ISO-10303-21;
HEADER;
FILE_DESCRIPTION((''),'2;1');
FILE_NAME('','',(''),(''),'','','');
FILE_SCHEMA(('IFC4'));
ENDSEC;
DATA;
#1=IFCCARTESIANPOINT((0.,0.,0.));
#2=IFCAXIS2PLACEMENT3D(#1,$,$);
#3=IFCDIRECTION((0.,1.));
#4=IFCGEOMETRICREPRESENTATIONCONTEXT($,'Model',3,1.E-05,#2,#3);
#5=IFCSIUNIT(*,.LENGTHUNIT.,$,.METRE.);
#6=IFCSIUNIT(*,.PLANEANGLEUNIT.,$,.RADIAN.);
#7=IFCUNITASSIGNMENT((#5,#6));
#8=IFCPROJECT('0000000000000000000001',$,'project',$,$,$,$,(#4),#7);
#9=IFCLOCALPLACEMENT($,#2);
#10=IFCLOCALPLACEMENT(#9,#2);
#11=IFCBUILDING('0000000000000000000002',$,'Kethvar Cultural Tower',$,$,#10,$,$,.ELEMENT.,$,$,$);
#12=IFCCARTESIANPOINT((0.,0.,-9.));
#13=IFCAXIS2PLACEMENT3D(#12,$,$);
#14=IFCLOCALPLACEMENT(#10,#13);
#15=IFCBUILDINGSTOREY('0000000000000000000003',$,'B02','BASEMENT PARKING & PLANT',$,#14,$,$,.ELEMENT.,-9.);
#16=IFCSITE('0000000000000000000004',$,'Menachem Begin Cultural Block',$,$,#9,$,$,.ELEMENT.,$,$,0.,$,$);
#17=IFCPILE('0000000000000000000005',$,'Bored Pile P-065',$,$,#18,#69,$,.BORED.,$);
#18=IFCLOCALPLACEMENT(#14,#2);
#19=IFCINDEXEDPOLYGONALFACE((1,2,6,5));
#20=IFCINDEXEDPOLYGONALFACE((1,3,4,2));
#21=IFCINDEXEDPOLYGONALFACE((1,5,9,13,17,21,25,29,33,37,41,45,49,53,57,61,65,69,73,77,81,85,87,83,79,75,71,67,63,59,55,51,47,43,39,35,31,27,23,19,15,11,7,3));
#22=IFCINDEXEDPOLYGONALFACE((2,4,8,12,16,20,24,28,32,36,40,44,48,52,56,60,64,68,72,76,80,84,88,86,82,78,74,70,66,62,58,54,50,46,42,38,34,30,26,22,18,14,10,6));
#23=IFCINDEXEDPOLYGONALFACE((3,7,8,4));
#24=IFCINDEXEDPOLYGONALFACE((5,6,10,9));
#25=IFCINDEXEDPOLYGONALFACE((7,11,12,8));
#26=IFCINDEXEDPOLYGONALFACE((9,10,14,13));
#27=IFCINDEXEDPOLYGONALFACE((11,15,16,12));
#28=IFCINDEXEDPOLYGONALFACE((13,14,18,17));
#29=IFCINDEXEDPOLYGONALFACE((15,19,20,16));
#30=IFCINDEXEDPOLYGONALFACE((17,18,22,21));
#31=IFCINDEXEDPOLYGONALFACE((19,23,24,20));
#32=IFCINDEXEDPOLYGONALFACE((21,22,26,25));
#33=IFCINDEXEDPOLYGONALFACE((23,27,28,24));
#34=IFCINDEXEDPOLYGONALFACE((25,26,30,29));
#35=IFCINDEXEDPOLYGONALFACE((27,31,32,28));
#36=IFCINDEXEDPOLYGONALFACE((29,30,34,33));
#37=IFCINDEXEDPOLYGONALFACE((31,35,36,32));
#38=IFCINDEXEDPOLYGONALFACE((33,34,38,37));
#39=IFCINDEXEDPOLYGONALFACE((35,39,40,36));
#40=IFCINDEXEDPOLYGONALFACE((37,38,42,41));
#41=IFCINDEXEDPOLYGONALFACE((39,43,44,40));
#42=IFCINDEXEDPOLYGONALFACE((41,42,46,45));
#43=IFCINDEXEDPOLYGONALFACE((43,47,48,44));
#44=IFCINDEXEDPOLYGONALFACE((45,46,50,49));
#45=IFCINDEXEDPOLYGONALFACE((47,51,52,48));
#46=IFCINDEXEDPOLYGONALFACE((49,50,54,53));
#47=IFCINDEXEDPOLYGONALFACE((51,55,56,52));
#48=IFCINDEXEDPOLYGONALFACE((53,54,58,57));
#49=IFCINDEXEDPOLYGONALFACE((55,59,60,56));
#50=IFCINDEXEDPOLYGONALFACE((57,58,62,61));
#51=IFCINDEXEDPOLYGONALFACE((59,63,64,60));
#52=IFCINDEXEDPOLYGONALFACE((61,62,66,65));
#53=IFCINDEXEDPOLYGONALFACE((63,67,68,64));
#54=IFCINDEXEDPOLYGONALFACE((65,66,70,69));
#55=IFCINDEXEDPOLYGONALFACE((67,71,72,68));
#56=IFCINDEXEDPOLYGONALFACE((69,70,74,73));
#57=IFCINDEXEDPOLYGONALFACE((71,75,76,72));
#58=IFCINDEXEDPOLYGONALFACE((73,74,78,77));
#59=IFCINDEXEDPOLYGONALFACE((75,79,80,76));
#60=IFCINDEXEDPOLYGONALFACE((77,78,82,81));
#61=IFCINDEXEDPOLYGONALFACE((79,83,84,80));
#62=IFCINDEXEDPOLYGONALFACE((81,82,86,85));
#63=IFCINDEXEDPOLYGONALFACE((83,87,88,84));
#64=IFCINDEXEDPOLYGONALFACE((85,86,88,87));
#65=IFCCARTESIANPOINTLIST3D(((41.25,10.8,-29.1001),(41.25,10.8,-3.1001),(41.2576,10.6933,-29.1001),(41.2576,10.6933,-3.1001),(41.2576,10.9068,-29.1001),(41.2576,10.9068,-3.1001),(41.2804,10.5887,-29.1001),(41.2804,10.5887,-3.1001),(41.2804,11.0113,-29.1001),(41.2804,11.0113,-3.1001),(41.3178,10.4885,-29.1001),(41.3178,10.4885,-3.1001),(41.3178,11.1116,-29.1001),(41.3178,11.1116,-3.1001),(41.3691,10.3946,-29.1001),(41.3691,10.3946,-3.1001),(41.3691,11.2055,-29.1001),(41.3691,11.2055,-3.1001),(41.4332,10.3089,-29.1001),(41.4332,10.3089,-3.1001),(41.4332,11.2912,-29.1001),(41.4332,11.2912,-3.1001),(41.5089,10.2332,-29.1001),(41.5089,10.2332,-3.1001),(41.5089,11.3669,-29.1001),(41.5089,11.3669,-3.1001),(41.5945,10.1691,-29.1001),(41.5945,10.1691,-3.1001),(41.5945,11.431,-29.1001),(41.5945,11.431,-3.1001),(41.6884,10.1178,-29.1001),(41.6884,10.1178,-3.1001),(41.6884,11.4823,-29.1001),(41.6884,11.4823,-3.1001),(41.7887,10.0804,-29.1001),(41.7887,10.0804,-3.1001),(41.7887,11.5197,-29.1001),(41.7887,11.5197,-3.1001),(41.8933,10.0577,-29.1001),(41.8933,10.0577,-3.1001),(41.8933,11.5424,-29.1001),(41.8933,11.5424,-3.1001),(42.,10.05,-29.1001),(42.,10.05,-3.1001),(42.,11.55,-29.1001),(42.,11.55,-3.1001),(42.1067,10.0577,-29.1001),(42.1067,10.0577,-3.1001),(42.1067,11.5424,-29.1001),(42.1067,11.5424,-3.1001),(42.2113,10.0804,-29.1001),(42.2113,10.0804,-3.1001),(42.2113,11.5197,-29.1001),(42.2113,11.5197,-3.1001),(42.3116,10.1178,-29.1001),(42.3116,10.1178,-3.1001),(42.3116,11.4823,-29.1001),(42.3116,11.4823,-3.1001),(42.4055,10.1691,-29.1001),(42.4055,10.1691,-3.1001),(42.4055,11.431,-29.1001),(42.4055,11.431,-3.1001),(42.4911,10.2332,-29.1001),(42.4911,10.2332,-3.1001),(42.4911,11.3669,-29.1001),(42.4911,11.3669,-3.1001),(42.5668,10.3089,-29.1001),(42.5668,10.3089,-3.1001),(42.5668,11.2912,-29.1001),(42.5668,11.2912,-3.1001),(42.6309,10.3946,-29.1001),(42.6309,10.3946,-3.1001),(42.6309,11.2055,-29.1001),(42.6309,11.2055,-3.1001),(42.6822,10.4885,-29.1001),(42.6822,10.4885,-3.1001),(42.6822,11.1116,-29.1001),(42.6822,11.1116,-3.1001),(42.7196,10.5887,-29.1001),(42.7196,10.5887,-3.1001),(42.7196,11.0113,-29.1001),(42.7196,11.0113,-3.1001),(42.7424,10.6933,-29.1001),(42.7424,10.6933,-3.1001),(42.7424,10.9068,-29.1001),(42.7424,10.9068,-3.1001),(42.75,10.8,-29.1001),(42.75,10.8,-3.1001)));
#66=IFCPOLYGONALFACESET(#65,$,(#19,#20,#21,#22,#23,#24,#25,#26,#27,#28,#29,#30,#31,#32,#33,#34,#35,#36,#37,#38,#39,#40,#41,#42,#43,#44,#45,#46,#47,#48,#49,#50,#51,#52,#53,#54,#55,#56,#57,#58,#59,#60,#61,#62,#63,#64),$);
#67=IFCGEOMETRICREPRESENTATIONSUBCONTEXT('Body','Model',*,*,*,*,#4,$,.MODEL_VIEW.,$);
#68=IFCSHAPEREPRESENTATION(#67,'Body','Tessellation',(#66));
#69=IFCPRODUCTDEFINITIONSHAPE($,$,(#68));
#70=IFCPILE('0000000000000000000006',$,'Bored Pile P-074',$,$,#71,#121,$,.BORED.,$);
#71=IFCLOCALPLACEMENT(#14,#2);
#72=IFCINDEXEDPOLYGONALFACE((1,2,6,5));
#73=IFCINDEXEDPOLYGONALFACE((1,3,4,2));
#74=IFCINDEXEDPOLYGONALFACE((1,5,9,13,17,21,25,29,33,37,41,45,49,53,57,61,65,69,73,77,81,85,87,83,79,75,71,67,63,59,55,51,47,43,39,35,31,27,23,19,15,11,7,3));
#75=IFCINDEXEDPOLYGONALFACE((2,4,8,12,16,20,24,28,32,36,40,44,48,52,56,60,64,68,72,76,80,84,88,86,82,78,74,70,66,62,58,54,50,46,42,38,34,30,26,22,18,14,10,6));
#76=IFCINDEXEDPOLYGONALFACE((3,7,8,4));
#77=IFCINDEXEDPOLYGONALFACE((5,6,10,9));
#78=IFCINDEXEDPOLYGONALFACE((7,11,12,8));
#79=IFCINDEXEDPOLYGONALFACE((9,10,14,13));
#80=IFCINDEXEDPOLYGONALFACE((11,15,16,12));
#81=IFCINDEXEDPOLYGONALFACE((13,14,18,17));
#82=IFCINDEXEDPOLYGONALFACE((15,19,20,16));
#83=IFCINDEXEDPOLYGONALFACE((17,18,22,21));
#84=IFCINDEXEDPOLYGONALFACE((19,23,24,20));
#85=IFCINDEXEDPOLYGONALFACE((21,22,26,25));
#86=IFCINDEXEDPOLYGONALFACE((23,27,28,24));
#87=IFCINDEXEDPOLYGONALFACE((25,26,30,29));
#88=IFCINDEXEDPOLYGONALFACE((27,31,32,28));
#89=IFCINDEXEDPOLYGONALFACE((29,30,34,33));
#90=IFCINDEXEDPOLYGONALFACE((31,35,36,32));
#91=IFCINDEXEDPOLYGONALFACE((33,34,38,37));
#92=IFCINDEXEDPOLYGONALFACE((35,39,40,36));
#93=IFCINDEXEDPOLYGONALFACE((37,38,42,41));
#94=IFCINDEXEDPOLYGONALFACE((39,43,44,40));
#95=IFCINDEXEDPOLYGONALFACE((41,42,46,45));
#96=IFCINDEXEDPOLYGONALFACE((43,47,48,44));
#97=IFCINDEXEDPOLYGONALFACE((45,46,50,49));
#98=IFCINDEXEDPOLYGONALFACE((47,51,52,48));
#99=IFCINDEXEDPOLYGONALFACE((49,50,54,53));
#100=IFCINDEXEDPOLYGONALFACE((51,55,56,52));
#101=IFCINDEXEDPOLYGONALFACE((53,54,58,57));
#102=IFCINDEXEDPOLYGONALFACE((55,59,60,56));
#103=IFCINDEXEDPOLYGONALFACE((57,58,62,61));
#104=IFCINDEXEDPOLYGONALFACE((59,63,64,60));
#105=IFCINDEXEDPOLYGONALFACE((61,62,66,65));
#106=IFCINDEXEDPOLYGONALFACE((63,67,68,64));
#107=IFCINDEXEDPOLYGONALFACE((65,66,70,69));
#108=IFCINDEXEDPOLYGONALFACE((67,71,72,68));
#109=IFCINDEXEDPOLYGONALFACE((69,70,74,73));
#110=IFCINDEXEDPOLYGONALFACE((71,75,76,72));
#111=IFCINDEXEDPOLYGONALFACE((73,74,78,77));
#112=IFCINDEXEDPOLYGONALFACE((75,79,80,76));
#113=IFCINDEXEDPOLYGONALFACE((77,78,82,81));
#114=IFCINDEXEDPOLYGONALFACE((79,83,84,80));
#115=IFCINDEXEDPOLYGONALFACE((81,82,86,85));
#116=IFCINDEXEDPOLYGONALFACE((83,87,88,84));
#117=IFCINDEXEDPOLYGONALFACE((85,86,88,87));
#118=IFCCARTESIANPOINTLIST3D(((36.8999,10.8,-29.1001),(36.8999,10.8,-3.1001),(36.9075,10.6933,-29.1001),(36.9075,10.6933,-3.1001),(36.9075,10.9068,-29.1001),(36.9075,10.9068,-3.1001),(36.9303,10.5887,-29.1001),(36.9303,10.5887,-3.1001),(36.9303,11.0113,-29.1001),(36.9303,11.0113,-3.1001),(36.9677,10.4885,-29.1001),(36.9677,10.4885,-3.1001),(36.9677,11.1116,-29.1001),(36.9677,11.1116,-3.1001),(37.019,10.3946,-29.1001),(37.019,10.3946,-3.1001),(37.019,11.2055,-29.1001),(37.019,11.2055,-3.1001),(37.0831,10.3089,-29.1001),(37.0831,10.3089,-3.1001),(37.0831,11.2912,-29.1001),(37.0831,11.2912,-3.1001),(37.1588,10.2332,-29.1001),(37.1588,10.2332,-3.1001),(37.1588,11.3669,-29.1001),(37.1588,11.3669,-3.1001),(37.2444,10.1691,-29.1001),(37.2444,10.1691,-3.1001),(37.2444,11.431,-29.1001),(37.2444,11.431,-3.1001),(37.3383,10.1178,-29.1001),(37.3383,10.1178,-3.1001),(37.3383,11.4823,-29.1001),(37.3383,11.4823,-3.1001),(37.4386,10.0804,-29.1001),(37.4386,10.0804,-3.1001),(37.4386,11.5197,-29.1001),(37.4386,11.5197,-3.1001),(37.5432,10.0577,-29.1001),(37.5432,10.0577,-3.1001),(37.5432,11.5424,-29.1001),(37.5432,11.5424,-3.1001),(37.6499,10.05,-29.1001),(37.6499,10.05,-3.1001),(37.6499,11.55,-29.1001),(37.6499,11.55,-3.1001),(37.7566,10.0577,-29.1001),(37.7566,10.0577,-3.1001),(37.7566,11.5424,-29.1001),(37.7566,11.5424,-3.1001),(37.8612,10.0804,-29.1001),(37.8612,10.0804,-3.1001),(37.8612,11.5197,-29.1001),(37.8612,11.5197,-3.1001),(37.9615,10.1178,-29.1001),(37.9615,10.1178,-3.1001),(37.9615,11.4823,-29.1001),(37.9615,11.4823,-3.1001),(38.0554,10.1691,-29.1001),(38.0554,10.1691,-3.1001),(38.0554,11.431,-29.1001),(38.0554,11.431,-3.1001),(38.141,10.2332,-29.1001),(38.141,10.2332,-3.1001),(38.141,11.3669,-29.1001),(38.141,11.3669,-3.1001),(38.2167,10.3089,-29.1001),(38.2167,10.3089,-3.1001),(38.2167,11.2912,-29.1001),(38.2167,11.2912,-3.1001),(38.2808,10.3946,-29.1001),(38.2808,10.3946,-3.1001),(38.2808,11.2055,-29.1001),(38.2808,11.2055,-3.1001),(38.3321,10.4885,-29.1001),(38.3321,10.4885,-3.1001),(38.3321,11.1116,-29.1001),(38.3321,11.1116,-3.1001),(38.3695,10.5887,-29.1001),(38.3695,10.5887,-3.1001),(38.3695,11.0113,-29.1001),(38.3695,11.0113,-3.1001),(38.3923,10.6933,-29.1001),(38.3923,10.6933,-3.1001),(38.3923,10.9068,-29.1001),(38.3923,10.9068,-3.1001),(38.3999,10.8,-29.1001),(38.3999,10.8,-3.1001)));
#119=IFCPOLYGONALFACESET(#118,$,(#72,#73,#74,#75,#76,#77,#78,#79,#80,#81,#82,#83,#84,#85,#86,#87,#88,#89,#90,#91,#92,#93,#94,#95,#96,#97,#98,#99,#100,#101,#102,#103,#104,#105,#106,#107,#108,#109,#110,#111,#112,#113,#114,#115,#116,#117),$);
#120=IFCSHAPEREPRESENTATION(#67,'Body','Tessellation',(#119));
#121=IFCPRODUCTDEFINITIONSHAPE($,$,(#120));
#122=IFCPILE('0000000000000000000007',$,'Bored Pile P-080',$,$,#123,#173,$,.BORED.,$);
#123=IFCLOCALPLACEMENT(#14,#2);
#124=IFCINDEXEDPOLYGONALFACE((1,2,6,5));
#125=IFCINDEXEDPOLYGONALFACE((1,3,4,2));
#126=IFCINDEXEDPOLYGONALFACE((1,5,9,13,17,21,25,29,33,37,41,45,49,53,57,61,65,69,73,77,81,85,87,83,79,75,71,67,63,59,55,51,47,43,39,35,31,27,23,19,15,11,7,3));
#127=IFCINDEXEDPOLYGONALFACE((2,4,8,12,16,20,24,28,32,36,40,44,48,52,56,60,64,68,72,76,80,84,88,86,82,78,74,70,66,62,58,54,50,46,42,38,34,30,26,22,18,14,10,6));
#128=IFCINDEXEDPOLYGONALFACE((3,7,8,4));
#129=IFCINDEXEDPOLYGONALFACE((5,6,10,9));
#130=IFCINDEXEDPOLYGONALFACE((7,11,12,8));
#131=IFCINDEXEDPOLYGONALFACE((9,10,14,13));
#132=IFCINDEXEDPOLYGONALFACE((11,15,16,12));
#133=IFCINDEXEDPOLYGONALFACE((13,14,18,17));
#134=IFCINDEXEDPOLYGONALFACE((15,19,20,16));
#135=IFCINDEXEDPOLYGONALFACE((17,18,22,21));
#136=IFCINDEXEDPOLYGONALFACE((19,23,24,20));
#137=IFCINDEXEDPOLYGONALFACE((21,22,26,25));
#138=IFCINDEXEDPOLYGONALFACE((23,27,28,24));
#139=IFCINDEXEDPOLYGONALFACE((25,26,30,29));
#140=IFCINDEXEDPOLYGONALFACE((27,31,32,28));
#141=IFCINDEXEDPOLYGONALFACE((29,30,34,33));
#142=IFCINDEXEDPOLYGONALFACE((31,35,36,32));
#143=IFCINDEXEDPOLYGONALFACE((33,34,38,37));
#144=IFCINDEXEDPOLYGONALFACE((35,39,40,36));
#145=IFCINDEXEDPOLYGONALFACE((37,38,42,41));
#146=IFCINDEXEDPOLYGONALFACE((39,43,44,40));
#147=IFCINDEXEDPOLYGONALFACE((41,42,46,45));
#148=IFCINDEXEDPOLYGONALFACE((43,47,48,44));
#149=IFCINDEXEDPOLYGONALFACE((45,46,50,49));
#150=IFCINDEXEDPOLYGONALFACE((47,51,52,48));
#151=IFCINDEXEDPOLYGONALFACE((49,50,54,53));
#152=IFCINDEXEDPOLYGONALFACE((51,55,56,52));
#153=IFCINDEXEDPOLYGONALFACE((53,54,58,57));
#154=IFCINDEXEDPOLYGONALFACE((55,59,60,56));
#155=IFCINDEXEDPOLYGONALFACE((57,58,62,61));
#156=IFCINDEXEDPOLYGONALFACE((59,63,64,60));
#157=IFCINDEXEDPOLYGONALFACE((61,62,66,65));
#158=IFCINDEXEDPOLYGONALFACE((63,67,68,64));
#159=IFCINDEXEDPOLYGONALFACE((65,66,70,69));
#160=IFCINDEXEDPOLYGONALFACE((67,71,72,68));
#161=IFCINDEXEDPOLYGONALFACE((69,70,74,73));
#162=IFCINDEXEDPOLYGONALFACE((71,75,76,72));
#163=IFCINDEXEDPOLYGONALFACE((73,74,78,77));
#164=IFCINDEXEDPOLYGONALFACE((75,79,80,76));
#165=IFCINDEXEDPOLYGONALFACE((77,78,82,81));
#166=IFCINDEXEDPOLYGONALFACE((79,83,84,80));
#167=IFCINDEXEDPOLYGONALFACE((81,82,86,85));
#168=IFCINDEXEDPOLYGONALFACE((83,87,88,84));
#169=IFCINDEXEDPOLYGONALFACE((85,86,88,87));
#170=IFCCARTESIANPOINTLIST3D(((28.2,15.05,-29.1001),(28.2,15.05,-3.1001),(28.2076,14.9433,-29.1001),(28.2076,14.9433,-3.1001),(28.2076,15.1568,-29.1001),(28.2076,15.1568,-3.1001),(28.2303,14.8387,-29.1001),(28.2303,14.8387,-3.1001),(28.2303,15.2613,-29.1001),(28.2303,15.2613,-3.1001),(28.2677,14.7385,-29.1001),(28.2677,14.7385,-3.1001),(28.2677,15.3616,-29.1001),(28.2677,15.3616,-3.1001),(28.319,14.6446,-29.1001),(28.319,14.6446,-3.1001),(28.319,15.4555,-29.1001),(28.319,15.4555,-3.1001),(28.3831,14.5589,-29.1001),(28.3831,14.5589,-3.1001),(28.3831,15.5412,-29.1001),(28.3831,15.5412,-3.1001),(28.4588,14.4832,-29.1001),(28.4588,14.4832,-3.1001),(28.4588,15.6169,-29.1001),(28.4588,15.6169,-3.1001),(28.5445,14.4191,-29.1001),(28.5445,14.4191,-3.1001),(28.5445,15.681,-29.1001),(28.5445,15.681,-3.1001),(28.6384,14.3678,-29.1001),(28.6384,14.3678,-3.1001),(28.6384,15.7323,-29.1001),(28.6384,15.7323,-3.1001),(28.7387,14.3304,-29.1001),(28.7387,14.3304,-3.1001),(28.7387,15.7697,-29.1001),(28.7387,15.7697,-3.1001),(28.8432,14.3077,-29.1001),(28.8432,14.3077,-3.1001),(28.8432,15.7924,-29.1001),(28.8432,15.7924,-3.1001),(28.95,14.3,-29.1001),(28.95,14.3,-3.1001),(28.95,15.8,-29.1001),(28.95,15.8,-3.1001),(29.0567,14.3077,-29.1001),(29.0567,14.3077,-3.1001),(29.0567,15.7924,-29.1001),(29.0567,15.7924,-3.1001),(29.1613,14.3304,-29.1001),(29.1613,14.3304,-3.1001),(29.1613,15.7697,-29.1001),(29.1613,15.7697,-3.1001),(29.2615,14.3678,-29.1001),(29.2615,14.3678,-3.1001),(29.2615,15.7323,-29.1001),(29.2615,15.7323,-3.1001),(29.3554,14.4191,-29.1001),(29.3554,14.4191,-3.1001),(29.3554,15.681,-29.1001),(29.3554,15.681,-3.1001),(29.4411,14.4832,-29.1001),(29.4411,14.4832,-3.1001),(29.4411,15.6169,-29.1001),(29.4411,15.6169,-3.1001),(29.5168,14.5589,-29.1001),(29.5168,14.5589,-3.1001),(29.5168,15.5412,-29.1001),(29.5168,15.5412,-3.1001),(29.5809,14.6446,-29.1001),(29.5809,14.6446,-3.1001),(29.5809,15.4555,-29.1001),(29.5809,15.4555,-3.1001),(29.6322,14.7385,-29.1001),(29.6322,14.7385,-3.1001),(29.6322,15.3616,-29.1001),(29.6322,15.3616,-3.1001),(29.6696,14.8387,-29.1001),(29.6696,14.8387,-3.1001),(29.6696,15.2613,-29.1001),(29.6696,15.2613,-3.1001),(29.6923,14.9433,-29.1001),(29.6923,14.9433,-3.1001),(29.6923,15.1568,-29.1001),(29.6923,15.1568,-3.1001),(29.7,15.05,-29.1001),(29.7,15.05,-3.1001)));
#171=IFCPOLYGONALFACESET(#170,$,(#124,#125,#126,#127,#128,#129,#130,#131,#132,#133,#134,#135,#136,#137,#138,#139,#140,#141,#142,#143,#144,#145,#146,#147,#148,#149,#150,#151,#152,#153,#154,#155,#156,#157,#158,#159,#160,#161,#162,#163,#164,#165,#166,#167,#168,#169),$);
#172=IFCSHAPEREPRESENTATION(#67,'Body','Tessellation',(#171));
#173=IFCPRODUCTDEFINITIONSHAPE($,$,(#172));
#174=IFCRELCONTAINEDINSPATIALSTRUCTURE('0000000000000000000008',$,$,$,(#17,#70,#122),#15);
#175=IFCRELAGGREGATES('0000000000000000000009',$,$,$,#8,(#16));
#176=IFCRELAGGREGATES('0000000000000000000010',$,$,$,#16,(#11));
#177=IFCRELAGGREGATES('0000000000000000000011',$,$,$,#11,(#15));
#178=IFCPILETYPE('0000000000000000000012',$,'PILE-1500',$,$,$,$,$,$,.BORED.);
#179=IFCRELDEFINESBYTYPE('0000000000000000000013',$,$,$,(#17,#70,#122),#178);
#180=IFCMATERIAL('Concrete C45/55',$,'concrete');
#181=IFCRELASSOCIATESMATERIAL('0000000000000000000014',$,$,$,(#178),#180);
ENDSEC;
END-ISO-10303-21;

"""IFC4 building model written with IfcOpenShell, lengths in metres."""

from ifc_helpers import new_model, si_unit, direction, frame, origin, origin_2d, place, context, subcontext, project, spatial, circle, extrude, source, transform, mapped, material, material_profile, profile_set, type_object, element, save


model = new_model("IFC4")

# Units and contexts
model_context = context("Model", 3, precision=1e-05, world=origin(), true_north=direction((0.0, 1.0)))
body_context = subcontext(model_context, "Body", "Model", "MODEL_VIEW")
ifc_project = project(units=[si_unit("LENGTHUNIT", "METRE"), si_unit("PLANEANGLEUNIT", "RADIAN")], contexts=[model_context])

# Site, building, storey
site_placement = place(None, origin())
site = spatial("IfcSite", under=ifc_project, at=site_placement, Name="Menachem Begin Cultural Block", CompositionType="ELEMENT", RefElevation=0.0)
building_placement = place(site_placement, origin())
building = spatial("IfcBuilding", under=site, at=building_placement, Name="Kethvar Cultural Tower", CompositionType="ELEMENT")
storey_placement = place(building_placement, frame((0.0, 0.0, -9.0)))
storey = spatial("IfcBuildingStorey", under=building, at=storey_placement, Name="B02", Description="BASEMENT PARKING & PLANT", CompositionType="ELEMENT", Elevation=-9.0)

# Piles
ifc_material_1 = material(Name="Concrete C45/55", Category="concrete")
ifc_material_profile_1 = material_profile(ifc_material_1, circle(Radius=0.75, at=origin_2d()), Name="Concrete C45/55 — PILE1500")
ifc_profile_set_1 = profile_set([ifc_material_profile_1], Name="Concrete C45/55 — PILE1500")
pile_type = type_object("IfcPileType", Name="PILE-1500", PredefinedType="BORED", material=ifc_profile_set_1)
shared_shape_1 = source(origin(), body_context, "Body", "SweptSolid", [
    extrude(circle(Radius=0.75, at=origin_2d()), origin(), (0.0, 0.0, 1.0), 26.0),
])
for number, where, z_axis, x_axis, name in (
    (1, (42.0, 10.8, -3.1001), (0.0, 0.0, -1.0), (1.0, 0.0, 0.0), "Bored Pile P-065"),
    (2, (37.6499, 10.8, -3.1001), (0.0, 0.0, -1.0), (1.0, 0.0, 0.0), "Bored Pile P-074"),
    (3, (28.95, 15.05, -3.1001), (0.0, 0.0, -1.0), (1.0, 0.0, 0.0), "Bored Pile P-080"),
):
    element("IfcPile", number, at=place(storey_placement, frame(where, z_axis=z_axis, x_axis=x_axis)), inside=storey, type_object=pile_type, Name=name, PredefinedType="BORED", context=body_context, shape_type="MappedRepresentation", body=[
        mapped(shared_shape_1, transform((0.0, 0.0, 0.0), scale=1.0)),
    ])

save(model, "model.ifc")
